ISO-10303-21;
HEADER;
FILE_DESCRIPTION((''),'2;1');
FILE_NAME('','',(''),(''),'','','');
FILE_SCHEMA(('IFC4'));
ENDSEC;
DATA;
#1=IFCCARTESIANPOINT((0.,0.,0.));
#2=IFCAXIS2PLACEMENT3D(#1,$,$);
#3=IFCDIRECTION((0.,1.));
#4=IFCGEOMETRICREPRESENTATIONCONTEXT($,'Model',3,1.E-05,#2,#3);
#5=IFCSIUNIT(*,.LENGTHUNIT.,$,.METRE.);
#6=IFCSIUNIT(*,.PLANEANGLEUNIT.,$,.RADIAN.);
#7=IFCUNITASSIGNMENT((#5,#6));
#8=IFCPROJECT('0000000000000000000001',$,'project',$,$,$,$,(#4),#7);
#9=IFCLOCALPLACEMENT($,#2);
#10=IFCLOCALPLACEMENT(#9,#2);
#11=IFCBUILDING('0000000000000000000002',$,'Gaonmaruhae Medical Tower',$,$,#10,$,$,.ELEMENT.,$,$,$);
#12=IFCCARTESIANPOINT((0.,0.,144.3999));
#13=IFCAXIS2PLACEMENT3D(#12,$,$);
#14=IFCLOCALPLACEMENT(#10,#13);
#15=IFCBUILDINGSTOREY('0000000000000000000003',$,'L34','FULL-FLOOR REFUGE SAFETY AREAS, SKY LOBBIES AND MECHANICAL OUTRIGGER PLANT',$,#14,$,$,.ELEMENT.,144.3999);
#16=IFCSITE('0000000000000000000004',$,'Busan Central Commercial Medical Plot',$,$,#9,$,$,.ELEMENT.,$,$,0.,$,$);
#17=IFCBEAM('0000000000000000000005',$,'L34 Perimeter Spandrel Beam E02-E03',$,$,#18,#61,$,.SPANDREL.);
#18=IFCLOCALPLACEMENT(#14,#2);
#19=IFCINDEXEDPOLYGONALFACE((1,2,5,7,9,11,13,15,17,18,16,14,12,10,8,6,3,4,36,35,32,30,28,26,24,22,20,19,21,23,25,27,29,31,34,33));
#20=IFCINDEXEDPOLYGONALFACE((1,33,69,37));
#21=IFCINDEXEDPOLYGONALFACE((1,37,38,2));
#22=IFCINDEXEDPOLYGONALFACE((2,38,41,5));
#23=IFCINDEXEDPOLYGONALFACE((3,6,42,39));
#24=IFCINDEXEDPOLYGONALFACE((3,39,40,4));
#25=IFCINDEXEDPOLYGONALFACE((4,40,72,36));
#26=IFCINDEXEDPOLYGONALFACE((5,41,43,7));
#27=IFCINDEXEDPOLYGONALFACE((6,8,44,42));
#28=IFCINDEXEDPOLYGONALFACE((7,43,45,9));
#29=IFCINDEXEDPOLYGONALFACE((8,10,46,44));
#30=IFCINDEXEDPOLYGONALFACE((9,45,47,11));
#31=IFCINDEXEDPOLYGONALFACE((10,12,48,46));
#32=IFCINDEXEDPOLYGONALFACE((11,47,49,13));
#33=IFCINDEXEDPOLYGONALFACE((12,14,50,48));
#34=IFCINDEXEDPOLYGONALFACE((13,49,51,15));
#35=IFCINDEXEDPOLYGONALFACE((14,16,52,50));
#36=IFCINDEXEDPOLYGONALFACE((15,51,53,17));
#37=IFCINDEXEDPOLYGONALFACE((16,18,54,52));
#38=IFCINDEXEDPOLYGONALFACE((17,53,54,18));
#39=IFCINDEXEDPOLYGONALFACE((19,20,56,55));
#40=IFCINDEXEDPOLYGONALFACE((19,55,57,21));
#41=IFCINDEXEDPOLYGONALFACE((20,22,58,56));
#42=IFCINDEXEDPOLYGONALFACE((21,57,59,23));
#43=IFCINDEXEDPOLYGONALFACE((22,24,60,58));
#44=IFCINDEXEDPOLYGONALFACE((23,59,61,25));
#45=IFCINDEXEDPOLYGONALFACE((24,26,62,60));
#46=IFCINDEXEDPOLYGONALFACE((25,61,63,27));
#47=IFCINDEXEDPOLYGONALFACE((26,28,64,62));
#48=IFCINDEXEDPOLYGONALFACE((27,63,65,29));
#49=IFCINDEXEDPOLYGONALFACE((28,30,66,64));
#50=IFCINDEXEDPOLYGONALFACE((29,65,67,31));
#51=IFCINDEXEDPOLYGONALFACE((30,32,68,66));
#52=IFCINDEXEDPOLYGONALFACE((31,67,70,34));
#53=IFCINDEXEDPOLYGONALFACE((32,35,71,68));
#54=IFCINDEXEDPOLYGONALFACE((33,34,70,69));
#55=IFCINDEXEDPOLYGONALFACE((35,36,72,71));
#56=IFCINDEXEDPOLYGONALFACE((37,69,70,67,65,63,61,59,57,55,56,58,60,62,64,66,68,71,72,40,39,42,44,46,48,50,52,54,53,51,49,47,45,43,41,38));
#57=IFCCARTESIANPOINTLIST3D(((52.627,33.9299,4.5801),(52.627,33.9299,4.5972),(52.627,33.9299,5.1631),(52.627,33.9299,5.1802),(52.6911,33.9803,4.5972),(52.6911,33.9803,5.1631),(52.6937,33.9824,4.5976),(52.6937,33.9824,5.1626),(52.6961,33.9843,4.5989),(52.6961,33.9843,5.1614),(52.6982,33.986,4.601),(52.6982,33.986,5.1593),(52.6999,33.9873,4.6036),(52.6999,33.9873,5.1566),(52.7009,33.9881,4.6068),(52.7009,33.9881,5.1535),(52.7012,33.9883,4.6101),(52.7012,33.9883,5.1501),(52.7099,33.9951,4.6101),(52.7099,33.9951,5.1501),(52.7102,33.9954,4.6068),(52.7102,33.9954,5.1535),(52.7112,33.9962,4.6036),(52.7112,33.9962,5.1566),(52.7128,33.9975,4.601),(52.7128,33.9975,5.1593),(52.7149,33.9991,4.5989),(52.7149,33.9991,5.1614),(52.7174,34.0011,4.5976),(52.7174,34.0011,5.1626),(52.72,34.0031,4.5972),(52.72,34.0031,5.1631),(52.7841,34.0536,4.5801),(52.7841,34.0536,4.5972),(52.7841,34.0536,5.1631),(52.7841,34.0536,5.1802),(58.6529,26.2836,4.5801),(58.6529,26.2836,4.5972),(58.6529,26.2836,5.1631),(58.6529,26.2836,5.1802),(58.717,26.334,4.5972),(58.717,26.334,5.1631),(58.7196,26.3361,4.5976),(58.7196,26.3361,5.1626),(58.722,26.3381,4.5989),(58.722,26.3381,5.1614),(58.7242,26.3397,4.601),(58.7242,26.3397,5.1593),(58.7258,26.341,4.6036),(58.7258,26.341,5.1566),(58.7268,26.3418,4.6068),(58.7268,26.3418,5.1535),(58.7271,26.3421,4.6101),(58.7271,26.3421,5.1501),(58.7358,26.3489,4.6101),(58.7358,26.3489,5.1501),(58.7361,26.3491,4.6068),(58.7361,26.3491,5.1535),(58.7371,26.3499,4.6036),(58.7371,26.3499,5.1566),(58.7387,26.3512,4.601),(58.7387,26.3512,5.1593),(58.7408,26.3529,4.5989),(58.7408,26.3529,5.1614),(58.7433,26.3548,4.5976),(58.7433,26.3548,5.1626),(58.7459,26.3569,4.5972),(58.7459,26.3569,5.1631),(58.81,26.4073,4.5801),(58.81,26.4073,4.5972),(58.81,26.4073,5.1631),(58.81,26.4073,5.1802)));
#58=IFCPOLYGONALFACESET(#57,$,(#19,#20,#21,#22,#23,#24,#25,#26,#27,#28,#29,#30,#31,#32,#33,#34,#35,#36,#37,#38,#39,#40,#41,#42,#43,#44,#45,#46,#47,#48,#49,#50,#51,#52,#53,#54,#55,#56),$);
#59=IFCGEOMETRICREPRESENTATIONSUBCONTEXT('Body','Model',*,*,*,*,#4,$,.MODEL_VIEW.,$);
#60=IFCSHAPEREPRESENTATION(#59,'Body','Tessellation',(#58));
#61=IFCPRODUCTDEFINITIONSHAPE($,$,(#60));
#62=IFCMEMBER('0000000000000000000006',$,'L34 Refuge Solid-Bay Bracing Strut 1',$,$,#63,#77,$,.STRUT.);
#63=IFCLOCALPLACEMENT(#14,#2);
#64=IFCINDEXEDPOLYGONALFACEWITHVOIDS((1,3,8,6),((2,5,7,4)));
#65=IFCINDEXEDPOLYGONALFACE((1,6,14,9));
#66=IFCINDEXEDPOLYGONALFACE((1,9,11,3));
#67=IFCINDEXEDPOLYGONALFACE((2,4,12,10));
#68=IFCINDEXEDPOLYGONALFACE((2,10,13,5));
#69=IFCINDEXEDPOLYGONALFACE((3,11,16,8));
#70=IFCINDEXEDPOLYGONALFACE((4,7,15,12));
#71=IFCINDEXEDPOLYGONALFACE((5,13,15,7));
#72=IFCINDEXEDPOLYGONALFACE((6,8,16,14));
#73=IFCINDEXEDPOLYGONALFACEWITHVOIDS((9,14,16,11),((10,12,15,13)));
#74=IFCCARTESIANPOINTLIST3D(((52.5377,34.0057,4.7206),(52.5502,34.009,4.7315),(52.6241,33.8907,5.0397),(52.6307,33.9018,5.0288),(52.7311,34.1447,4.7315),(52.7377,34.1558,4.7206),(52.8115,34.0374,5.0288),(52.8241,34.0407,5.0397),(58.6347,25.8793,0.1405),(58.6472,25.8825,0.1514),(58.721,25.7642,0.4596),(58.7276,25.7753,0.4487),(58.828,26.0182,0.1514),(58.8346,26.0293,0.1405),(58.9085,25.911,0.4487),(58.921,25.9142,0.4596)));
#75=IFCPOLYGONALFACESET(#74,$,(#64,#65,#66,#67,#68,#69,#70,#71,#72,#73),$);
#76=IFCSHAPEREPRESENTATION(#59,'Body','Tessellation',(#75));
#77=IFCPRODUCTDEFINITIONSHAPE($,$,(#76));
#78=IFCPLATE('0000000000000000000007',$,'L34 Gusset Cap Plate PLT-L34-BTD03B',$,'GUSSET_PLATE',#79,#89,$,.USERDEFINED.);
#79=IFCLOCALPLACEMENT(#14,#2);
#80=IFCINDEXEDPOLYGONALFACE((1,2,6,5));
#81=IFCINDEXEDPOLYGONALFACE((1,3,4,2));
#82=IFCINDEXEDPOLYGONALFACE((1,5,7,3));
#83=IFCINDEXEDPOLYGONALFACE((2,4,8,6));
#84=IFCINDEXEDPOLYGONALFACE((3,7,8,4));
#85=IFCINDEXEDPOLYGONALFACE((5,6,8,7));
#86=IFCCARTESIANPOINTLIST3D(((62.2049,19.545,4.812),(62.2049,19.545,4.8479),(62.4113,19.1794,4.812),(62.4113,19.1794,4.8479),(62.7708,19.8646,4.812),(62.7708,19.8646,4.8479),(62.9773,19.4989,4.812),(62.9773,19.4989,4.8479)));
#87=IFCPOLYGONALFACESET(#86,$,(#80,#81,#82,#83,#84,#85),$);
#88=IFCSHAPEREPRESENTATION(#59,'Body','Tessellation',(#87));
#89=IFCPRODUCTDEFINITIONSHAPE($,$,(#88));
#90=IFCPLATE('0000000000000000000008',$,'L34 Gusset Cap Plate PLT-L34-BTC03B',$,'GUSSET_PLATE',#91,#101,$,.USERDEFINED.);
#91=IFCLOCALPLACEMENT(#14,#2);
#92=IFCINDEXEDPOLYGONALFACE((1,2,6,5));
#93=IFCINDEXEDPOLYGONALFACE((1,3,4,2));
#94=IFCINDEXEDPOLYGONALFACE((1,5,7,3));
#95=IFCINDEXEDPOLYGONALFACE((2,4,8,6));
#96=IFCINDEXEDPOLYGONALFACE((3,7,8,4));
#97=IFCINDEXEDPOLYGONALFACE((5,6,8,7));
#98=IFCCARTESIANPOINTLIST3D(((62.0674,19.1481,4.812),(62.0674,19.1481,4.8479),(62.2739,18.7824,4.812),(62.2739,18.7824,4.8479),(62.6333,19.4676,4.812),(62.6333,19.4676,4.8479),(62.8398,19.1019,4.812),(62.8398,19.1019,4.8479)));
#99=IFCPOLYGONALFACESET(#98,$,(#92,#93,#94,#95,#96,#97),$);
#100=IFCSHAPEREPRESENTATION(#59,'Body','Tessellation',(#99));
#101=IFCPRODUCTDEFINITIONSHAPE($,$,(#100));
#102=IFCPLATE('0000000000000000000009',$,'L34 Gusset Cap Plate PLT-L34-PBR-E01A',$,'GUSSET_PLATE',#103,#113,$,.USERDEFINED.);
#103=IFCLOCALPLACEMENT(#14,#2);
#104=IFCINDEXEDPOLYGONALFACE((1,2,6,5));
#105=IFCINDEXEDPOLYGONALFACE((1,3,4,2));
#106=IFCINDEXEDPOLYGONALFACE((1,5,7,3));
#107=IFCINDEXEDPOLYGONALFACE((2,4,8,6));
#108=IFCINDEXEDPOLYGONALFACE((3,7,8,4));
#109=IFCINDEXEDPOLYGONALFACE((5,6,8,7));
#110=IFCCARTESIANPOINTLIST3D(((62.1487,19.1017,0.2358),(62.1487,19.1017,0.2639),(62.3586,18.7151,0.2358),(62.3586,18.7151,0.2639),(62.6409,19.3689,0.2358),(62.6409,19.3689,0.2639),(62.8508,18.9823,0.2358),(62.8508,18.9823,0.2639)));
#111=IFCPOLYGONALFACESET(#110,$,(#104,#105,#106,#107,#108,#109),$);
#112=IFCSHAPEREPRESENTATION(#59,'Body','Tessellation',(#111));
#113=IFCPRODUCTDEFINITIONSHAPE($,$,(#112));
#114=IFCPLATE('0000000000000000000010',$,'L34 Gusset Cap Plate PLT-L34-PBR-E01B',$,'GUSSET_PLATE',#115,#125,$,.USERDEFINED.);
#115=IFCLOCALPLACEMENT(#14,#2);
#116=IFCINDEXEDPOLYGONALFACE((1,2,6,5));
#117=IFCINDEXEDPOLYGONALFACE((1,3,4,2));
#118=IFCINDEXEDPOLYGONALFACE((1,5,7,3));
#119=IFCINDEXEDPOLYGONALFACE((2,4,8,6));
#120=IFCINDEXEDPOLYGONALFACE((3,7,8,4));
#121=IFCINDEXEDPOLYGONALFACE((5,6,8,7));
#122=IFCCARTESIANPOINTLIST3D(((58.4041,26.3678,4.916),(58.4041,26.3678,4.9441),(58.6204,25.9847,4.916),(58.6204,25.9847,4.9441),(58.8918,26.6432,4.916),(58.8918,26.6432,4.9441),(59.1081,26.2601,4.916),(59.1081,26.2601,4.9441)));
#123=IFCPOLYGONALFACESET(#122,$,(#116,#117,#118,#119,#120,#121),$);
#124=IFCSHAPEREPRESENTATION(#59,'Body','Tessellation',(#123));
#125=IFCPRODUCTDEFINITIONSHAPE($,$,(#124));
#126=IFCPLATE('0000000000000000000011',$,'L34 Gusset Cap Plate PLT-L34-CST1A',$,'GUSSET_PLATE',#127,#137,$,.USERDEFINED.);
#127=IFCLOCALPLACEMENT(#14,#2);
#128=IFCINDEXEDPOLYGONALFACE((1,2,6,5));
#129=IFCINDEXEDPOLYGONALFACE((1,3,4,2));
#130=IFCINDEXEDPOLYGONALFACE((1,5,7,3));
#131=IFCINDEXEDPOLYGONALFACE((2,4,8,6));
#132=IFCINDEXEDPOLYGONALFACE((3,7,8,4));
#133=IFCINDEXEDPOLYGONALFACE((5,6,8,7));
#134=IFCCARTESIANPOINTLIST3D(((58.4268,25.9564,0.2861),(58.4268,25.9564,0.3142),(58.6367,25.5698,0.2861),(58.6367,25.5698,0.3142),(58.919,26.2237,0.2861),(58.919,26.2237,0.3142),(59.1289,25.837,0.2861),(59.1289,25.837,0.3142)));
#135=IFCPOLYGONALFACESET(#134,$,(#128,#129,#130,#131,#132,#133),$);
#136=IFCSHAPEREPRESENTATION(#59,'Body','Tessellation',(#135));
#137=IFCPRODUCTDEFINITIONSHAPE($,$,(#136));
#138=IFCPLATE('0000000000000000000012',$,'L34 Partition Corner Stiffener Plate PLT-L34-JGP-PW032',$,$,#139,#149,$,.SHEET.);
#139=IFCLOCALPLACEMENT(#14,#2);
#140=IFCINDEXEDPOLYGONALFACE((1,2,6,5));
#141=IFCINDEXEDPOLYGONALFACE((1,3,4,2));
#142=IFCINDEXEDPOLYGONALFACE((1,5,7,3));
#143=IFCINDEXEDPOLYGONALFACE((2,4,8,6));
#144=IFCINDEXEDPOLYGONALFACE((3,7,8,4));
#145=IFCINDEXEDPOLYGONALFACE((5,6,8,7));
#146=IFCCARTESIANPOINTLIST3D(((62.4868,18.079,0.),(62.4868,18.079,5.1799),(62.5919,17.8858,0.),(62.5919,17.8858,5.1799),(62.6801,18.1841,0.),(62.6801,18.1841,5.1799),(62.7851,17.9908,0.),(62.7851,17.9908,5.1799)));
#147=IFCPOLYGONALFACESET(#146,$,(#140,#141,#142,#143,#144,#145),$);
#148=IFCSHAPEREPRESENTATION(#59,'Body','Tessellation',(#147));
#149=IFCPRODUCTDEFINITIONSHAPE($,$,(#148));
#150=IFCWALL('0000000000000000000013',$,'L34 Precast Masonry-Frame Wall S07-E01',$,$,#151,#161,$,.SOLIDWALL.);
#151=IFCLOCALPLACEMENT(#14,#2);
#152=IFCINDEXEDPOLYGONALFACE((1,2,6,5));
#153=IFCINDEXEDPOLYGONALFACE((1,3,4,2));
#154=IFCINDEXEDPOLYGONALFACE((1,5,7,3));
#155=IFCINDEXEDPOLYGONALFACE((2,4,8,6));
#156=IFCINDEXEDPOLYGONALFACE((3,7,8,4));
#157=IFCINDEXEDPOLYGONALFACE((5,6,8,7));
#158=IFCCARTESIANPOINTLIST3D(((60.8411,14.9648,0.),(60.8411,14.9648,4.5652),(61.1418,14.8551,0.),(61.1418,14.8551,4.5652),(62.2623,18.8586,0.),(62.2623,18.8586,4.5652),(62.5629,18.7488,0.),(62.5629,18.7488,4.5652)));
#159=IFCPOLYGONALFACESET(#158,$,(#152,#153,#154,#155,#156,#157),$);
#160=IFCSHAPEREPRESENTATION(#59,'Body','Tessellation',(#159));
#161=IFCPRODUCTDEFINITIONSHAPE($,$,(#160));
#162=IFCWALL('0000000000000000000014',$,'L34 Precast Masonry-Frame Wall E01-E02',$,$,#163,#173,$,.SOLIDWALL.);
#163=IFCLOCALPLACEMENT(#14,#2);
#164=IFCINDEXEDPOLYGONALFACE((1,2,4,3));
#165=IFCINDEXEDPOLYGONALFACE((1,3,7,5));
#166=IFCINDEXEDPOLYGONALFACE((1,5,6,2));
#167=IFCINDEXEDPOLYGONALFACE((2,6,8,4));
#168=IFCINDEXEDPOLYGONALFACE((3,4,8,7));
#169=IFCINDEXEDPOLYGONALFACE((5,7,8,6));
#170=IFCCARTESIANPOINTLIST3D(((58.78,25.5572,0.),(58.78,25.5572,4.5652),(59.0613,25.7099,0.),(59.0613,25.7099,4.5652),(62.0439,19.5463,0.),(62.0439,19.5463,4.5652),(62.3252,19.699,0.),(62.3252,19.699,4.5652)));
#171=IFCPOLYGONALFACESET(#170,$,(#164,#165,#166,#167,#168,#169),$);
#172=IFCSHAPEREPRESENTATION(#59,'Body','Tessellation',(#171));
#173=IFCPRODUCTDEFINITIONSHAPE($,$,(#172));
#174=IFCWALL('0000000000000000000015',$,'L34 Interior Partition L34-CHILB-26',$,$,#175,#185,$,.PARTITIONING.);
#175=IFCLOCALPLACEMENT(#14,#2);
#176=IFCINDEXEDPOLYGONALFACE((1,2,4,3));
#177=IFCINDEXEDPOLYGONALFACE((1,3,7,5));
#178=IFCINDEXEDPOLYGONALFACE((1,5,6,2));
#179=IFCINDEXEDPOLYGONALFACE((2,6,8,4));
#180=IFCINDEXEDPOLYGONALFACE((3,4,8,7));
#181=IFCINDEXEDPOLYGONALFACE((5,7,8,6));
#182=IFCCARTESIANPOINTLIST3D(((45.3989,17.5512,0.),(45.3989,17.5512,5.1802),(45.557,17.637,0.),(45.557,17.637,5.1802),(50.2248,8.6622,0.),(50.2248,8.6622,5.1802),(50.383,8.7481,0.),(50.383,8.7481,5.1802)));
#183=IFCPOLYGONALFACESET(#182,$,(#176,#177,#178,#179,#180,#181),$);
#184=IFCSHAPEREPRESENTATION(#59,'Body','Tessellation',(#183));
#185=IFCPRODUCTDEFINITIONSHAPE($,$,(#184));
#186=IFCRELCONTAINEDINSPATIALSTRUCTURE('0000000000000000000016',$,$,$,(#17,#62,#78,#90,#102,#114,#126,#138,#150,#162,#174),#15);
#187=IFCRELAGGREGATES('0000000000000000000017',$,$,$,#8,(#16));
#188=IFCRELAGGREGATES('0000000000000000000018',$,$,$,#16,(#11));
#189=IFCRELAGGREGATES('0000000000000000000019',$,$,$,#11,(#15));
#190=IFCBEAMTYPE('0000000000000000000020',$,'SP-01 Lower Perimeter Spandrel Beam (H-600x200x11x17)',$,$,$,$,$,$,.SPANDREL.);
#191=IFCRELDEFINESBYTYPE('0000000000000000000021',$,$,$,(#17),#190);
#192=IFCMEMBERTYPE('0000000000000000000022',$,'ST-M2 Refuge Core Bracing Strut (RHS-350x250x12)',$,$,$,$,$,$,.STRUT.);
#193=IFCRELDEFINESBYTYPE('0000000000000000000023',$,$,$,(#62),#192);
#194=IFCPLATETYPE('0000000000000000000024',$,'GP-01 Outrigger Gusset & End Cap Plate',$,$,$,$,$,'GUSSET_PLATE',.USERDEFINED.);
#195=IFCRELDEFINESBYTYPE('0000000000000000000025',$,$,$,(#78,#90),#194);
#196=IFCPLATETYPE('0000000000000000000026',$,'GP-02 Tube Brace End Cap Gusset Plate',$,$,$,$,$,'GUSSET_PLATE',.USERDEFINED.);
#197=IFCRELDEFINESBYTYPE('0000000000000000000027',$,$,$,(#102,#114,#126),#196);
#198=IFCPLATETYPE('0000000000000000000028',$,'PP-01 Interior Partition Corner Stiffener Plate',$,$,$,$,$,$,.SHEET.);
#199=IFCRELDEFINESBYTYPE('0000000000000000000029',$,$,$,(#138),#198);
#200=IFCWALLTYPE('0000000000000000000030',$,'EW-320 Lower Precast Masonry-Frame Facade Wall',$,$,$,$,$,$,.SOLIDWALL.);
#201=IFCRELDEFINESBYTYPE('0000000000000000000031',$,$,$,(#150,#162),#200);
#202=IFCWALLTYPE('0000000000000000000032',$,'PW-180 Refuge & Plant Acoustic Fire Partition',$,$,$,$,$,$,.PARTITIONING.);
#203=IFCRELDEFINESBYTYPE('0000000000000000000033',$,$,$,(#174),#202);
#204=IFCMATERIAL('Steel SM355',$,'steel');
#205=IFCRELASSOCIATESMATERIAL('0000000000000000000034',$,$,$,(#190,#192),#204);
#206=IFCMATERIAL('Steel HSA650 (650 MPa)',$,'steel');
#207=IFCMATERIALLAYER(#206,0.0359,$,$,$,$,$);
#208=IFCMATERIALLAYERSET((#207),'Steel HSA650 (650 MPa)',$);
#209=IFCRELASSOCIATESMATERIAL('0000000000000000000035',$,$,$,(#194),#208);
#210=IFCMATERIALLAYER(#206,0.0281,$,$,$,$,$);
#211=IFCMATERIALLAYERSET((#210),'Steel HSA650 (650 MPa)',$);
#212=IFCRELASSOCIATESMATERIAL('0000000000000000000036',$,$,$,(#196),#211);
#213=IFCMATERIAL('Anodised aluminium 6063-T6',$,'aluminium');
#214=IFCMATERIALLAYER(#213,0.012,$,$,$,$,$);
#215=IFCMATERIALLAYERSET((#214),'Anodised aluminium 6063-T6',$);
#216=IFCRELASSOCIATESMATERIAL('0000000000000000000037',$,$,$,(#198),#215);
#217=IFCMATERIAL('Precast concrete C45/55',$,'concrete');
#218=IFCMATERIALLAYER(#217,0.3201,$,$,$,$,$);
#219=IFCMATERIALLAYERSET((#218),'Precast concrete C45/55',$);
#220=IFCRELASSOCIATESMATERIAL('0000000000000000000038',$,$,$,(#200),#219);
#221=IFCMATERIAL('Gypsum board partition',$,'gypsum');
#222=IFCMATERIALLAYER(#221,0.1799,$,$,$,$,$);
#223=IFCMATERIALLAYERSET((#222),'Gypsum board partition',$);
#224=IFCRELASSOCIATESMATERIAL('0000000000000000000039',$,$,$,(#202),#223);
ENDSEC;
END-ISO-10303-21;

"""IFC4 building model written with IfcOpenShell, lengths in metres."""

from ifc_helpers import new_model, si_unit, direction, frame, frame_2d, origin, origin_2d, place, context, subcontext, project, spatial, rectangle, hollow_rectangle, i_section, extrude, material, layer, layer_set, material_profile, profile_set, type_object, element, save


model = new_model("IFC4")

# Units and contexts
model_context = context("Model", 3, precision=1e-05, world=origin(), true_north=direction((0.0, 1.0)))
body_context = subcontext(model_context, "Body", "Model", "MODEL_VIEW")
ifc_project = project(units=[si_unit("LENGTHUNIT", "METRE"), si_unit("PLANEANGLEUNIT", "RADIAN")], contexts=[model_context])

# Site, building, storey
site_placement = place(None, origin())
site = spatial("IfcSite", under=ifc_project, at=site_placement, Name="Busan Central Commercial Medical Plot", CompositionType="ELEMENT", RefElevation=0.0)
building_placement = place(site_placement, origin())
building = spatial("IfcBuilding", under=site, at=building_placement, Name="Gaonmaruhae Medical Tower", CompositionType="ELEMENT")
storey_placement = place(building_placement, frame((0.0, 0.0, 144.3999)))
storey = spatial("IfcBuildingStorey", under=building, at=storey_placement, Name="L34", Description="FULL-FLOOR REFUGE SAFETY AREAS, SKY LOBBIES AND MECHANICAL OUTRIGGER PLANT", CompositionType="ELEMENT", Elevation=144.3999)

# Shared definitions
ifc_material_1 = material(Name="Steel SM355", Category="steel")

# Beam
ifc_material_profile_1 = material_profile(ifc_material_1, i_section(OverallWidth=0.2, OverallDepth=0.6001, WebThickness=0.011, FlangeThickness=0.0171, FilletRadius=0.0129, at=origin_2d()), Name="H-600x200x11x17")
ifc_profile_set_1 = profile_set([ifc_material_profile_1], Name="Steel SM355")
beam_type_1 = type_object("IfcBeamType", Name="SP-01 Lower Perimeter Spandrel Beam (H-600x200x11x17)", PredefinedType="SPANDREL", material=ifc_profile_set_1)
beam_1_placement = place(storey_placement, frame((58.7314, 26.3455, 4.8801), z_axis=(-0.618972, 0.785413, 0.0), x_axis=(-0.785413, -0.618972, 0.0)))
element("IfcBeam", 1, at=beam_1_placement, inside=storey, type_object=beam_type_1, Name="L34 Perimeter Spandrel Beam E02-E03", PredefinedType="SPANDREL", context=body_context, shape_type="SweptSolid", body=[
    extrude(i_section(OverallWidth=0.2, OverallDepth=0.6001, WebThickness=0.011, FlangeThickness=0.0171, FilletRadius=0.0129, at=origin_2d()), origin(), (0.0, 0.0, 1.0), 9.7354),
])

# Member
ifc_material_profile_2 = material_profile(ifc_material_1, hollow_rectangle(XDim=0.25, YDim=0.3501, WallThickness=0.012, at=origin_2d()), Name="RHS-350x250x12")
ifc_profile_set_2 = profile_set([ifc_material_profile_2], Name="Steel SM355")
member_type_1 = type_object("IfcMemberType", Name="ST-M2 Refuge Core Bracing Strut (RHS-350x250x12)", PredefinedType="STRUT", material=ifc_profile_set_2)
member_1_placement = place(storey_placement, frame((58.7778, 25.8967, 0.3), z_axis=(-0.547103, 0.729222, 0.41099), x_axis=(-0.799902, -0.600131, 0.0)))
element("IfcMember", 2, at=member_1_placement, inside=storey, type_object=member_type_1, Name="L34 Refuge Solid-Bay Bracing Strut 1", PredefinedType="STRUT", context=body_context, shape_type="SweptSolid", body=[
    extrude(hollow_rectangle(XDim=0.25, YDim=0.3501, WallThickness=0.012, at=origin_2d()), origin(), (0.0, 0.0, 1.0), 11.144),
])

# Plates
ifc_material_2 = material(Name="Steel HSA650 (650 MPa)", Category="steel")
ifc_layer_1 = layer(ifc_material_2, 0.0359)
ifc_layer_set_1 = layer_set([ifc_layer_1], Name="Steel HSA650 (650 MPa)")
plate_type_1 = type_object("IfcPlateType", Name="GP-01 Outrigger Gusset & End Cap Plate", ElementType="GUSSET_PLATE", PredefinedType="USERDEFINED", material=ifc_layer_set_1)
for number, where, z_axis, x_axis, name in (
    (3, (62.5911, 19.522, 4.812), (0.0, 0.0, 1.0), (0.870785, 0.491664, 0.0), "L34 Gusset Cap Plate PLT-L34-BTD03B"),
    (4, (62.4536, 19.125, 4.812), (0.0, 0.0, 1.0), (0.870785, 0.491664, 0.0), "L34 Gusset Cap Plate PLT-L34-BTC03B"),
):
    element("IfcPlate", number, at=place(storey_placement, frame(where, z_axis=z_axis, x_axis=x_axis)), inside=storey, type_object=plate_type_1, Name=name, ObjectType="GUSSET_PLATE", PredefinedType="USERDEFINED", context=body_context, shape_type="SweptSolid", body=[
        extrude(rectangle(XDim=0.6499, YDim=0.4199, at=origin_2d()), origin(), (0.0, 0.0, 1.0), 0.0359),
    ])
ifc_layer_2 = layer(ifc_material_2, 0.0281)
ifc_layer_set_2 = layer_set([ifc_layer_2], Name="Steel HSA650 (650 MPa)")
plate_type_2 = type_object("IfcPlateType", Name="GP-02 Tube Brace End Cap Gusset Plate", ElementType="GUSSET_PLATE", PredefinedType="USERDEFINED", material=ifc_layer_set_2)
for number, where, z_axis, x_axis, name in (
    (5, (62.4998, 19.042, 0.2358), (0.0, 0.0, 1.0), (0.878817, 0.477159, 0.0), "L34 Gusset Cap Plate PLT-L34-PBR-E01A"),
    (6, (58.7561, 26.314, 4.916), (0.0, 0.0, 1.0), (0.870785, 0.491664, 0.0), "L34 Gusset Cap Plate PLT-L34-PBR-E01B"),
    (7, (58.7778, 25.8967, 0.2861), (0.0, 0.0, 1.0), (0.878817, 0.477159, 0.0), "L34 Gusset Cap Plate PLT-L34-CST1A"),
):
    element("IfcPlate", number, at=place(storey_placement, frame(where, z_axis=z_axis, x_axis=x_axis)), inside=storey, type_object=plate_type_2, Name=name, ObjectType="GUSSET_PLATE", PredefinedType="USERDEFINED", context=body_context, shape_type="SweptSolid", body=[
        extrude(rectangle(XDim=0.5601, YDim=0.4399, at=origin_2d()), origin(), (0.0, 0.0, 1.0), 0.0281),
    ])
ifc_material_3 = material(Name="Anodised aluminium 6063-T6", Category="aluminium")
ifc_layer_3 = layer(ifc_material_3, 0.012)
ifc_layer_set_3 = layer_set([ifc_layer_3], Name="Anodised aluminium 6063-T6")
plate_type_3 = type_object("IfcPlateType", Name="PP-01 Interior Partition Corner Stiffener Plate", PredefinedType="SHEET", material=ifc_layer_set_3)
plate_placement = place(storey_placement, frame((62.636, 18.0349, 0.0), z_axis=(0.0, 0.0, 1.0), x_axis=(-0.878642, -0.477481, 0.0)))
element("IfcPlate", 8, at=plate_placement, inside=storey, type_object=plate_type_3, Name="L34 Partition Corner Stiffener Plate PLT-L34-JGP-PW032", PredefinedType="SHEET", context=body_context, shape_type="SweptSolid", body=[
    extrude(rectangle(XDim=0.22, YDim=0.22, at=origin_2d()), origin(), (0.0, 0.0, 1.0), 5.1799),
])

# Walls
ifc_material_4 = material(Name="Precast concrete C45/55", Category="concrete")
ifc_layer_4 = layer(ifc_material_4, 0.3201)
ifc_layer_set_4 = layer_set([ifc_layer_4], Name="Precast concrete C45/55")
wall_type_1 = type_object("IfcWallType", Name="EW-320 Lower Precast Masonry-Frame Facade Wall", PredefinedType="SOLIDWALL", material=ifc_layer_set_4)
wall_1_placement = place(storey_placement, frame((62.4126, 18.8037, 0.0), z_axis=(0.0, 0.0, 1.0), x_axis=(-0.342854, -0.939389, 0.0)))
element("IfcWall", 9, at=wall_1_placement, inside=storey, type_object=wall_type_1, Name="L34 Precast Masonry-Frame Wall S07-E01", PredefinedType="SOLIDWALL", context=body_context, shape_type="SweptSolid", body=[
    extrude(rectangle(XDim=4.145, YDim=0.3201, at=frame_2d((2.0725, 0.0))), origin(), (0.0, 0.0, 1.0), 4.5652),
])
wall_2_placement = place(storey_placement, frame((58.9207, 25.6335, 0.0), z_axis=(0.0, 0.0, 1.0), x_axis=(0.477183, -0.878804, 0.0)))
element("IfcWall", 10, at=wall_2_placement, inside=storey, type_object=wall_type_1, Name="L34 Precast Masonry-Frame Wall E01-E02", PredefinedType="SOLIDWALL", context=body_context, shape_type="SweptSolid", body=[
    extrude(rectangle(XDim=6.8398, YDim=0.3201, at=frame_2d((3.4199, 0.0))), origin(), (0.0, 0.0, 1.0), 4.5652),
])
ifc_material_5 = material(Name="Gypsum board partition", Category="gypsum")
ifc_layer_5 = layer(ifc_material_5, 0.1799)
ifc_layer_set_5 = layer_set([ifc_layer_5], Name="Gypsum board partition")
wall_type_2 = type_object("IfcWallType", Name="PW-180 Refuge & Plant Acoustic Fire Partition", PredefinedType="PARTITIONING", material=ifc_layer_set_5)
wall_3_placement = place(storey_placement, frame((45.478, 17.594, 0.0), z_axis=(0.0, 0.0, 1.0), x_axis=(0.477131, -0.878832, 0.0)))
element("IfcWall", 11, at=wall_3_placement, inside=storey, type_object=wall_type_2, Name="L34 Interior Partition L34-CHILB-26", PredefinedType="PARTITIONING", context=body_context, shape_type="SweptSolid", body=[
    extrude(rectangle(XDim=10.1145, YDim=0.1799, at=frame_2d((5.0571, 0.0))), origin(), (0.0, 0.0, 1.0), 5.1802),
])

save(model, "model.ifc")
